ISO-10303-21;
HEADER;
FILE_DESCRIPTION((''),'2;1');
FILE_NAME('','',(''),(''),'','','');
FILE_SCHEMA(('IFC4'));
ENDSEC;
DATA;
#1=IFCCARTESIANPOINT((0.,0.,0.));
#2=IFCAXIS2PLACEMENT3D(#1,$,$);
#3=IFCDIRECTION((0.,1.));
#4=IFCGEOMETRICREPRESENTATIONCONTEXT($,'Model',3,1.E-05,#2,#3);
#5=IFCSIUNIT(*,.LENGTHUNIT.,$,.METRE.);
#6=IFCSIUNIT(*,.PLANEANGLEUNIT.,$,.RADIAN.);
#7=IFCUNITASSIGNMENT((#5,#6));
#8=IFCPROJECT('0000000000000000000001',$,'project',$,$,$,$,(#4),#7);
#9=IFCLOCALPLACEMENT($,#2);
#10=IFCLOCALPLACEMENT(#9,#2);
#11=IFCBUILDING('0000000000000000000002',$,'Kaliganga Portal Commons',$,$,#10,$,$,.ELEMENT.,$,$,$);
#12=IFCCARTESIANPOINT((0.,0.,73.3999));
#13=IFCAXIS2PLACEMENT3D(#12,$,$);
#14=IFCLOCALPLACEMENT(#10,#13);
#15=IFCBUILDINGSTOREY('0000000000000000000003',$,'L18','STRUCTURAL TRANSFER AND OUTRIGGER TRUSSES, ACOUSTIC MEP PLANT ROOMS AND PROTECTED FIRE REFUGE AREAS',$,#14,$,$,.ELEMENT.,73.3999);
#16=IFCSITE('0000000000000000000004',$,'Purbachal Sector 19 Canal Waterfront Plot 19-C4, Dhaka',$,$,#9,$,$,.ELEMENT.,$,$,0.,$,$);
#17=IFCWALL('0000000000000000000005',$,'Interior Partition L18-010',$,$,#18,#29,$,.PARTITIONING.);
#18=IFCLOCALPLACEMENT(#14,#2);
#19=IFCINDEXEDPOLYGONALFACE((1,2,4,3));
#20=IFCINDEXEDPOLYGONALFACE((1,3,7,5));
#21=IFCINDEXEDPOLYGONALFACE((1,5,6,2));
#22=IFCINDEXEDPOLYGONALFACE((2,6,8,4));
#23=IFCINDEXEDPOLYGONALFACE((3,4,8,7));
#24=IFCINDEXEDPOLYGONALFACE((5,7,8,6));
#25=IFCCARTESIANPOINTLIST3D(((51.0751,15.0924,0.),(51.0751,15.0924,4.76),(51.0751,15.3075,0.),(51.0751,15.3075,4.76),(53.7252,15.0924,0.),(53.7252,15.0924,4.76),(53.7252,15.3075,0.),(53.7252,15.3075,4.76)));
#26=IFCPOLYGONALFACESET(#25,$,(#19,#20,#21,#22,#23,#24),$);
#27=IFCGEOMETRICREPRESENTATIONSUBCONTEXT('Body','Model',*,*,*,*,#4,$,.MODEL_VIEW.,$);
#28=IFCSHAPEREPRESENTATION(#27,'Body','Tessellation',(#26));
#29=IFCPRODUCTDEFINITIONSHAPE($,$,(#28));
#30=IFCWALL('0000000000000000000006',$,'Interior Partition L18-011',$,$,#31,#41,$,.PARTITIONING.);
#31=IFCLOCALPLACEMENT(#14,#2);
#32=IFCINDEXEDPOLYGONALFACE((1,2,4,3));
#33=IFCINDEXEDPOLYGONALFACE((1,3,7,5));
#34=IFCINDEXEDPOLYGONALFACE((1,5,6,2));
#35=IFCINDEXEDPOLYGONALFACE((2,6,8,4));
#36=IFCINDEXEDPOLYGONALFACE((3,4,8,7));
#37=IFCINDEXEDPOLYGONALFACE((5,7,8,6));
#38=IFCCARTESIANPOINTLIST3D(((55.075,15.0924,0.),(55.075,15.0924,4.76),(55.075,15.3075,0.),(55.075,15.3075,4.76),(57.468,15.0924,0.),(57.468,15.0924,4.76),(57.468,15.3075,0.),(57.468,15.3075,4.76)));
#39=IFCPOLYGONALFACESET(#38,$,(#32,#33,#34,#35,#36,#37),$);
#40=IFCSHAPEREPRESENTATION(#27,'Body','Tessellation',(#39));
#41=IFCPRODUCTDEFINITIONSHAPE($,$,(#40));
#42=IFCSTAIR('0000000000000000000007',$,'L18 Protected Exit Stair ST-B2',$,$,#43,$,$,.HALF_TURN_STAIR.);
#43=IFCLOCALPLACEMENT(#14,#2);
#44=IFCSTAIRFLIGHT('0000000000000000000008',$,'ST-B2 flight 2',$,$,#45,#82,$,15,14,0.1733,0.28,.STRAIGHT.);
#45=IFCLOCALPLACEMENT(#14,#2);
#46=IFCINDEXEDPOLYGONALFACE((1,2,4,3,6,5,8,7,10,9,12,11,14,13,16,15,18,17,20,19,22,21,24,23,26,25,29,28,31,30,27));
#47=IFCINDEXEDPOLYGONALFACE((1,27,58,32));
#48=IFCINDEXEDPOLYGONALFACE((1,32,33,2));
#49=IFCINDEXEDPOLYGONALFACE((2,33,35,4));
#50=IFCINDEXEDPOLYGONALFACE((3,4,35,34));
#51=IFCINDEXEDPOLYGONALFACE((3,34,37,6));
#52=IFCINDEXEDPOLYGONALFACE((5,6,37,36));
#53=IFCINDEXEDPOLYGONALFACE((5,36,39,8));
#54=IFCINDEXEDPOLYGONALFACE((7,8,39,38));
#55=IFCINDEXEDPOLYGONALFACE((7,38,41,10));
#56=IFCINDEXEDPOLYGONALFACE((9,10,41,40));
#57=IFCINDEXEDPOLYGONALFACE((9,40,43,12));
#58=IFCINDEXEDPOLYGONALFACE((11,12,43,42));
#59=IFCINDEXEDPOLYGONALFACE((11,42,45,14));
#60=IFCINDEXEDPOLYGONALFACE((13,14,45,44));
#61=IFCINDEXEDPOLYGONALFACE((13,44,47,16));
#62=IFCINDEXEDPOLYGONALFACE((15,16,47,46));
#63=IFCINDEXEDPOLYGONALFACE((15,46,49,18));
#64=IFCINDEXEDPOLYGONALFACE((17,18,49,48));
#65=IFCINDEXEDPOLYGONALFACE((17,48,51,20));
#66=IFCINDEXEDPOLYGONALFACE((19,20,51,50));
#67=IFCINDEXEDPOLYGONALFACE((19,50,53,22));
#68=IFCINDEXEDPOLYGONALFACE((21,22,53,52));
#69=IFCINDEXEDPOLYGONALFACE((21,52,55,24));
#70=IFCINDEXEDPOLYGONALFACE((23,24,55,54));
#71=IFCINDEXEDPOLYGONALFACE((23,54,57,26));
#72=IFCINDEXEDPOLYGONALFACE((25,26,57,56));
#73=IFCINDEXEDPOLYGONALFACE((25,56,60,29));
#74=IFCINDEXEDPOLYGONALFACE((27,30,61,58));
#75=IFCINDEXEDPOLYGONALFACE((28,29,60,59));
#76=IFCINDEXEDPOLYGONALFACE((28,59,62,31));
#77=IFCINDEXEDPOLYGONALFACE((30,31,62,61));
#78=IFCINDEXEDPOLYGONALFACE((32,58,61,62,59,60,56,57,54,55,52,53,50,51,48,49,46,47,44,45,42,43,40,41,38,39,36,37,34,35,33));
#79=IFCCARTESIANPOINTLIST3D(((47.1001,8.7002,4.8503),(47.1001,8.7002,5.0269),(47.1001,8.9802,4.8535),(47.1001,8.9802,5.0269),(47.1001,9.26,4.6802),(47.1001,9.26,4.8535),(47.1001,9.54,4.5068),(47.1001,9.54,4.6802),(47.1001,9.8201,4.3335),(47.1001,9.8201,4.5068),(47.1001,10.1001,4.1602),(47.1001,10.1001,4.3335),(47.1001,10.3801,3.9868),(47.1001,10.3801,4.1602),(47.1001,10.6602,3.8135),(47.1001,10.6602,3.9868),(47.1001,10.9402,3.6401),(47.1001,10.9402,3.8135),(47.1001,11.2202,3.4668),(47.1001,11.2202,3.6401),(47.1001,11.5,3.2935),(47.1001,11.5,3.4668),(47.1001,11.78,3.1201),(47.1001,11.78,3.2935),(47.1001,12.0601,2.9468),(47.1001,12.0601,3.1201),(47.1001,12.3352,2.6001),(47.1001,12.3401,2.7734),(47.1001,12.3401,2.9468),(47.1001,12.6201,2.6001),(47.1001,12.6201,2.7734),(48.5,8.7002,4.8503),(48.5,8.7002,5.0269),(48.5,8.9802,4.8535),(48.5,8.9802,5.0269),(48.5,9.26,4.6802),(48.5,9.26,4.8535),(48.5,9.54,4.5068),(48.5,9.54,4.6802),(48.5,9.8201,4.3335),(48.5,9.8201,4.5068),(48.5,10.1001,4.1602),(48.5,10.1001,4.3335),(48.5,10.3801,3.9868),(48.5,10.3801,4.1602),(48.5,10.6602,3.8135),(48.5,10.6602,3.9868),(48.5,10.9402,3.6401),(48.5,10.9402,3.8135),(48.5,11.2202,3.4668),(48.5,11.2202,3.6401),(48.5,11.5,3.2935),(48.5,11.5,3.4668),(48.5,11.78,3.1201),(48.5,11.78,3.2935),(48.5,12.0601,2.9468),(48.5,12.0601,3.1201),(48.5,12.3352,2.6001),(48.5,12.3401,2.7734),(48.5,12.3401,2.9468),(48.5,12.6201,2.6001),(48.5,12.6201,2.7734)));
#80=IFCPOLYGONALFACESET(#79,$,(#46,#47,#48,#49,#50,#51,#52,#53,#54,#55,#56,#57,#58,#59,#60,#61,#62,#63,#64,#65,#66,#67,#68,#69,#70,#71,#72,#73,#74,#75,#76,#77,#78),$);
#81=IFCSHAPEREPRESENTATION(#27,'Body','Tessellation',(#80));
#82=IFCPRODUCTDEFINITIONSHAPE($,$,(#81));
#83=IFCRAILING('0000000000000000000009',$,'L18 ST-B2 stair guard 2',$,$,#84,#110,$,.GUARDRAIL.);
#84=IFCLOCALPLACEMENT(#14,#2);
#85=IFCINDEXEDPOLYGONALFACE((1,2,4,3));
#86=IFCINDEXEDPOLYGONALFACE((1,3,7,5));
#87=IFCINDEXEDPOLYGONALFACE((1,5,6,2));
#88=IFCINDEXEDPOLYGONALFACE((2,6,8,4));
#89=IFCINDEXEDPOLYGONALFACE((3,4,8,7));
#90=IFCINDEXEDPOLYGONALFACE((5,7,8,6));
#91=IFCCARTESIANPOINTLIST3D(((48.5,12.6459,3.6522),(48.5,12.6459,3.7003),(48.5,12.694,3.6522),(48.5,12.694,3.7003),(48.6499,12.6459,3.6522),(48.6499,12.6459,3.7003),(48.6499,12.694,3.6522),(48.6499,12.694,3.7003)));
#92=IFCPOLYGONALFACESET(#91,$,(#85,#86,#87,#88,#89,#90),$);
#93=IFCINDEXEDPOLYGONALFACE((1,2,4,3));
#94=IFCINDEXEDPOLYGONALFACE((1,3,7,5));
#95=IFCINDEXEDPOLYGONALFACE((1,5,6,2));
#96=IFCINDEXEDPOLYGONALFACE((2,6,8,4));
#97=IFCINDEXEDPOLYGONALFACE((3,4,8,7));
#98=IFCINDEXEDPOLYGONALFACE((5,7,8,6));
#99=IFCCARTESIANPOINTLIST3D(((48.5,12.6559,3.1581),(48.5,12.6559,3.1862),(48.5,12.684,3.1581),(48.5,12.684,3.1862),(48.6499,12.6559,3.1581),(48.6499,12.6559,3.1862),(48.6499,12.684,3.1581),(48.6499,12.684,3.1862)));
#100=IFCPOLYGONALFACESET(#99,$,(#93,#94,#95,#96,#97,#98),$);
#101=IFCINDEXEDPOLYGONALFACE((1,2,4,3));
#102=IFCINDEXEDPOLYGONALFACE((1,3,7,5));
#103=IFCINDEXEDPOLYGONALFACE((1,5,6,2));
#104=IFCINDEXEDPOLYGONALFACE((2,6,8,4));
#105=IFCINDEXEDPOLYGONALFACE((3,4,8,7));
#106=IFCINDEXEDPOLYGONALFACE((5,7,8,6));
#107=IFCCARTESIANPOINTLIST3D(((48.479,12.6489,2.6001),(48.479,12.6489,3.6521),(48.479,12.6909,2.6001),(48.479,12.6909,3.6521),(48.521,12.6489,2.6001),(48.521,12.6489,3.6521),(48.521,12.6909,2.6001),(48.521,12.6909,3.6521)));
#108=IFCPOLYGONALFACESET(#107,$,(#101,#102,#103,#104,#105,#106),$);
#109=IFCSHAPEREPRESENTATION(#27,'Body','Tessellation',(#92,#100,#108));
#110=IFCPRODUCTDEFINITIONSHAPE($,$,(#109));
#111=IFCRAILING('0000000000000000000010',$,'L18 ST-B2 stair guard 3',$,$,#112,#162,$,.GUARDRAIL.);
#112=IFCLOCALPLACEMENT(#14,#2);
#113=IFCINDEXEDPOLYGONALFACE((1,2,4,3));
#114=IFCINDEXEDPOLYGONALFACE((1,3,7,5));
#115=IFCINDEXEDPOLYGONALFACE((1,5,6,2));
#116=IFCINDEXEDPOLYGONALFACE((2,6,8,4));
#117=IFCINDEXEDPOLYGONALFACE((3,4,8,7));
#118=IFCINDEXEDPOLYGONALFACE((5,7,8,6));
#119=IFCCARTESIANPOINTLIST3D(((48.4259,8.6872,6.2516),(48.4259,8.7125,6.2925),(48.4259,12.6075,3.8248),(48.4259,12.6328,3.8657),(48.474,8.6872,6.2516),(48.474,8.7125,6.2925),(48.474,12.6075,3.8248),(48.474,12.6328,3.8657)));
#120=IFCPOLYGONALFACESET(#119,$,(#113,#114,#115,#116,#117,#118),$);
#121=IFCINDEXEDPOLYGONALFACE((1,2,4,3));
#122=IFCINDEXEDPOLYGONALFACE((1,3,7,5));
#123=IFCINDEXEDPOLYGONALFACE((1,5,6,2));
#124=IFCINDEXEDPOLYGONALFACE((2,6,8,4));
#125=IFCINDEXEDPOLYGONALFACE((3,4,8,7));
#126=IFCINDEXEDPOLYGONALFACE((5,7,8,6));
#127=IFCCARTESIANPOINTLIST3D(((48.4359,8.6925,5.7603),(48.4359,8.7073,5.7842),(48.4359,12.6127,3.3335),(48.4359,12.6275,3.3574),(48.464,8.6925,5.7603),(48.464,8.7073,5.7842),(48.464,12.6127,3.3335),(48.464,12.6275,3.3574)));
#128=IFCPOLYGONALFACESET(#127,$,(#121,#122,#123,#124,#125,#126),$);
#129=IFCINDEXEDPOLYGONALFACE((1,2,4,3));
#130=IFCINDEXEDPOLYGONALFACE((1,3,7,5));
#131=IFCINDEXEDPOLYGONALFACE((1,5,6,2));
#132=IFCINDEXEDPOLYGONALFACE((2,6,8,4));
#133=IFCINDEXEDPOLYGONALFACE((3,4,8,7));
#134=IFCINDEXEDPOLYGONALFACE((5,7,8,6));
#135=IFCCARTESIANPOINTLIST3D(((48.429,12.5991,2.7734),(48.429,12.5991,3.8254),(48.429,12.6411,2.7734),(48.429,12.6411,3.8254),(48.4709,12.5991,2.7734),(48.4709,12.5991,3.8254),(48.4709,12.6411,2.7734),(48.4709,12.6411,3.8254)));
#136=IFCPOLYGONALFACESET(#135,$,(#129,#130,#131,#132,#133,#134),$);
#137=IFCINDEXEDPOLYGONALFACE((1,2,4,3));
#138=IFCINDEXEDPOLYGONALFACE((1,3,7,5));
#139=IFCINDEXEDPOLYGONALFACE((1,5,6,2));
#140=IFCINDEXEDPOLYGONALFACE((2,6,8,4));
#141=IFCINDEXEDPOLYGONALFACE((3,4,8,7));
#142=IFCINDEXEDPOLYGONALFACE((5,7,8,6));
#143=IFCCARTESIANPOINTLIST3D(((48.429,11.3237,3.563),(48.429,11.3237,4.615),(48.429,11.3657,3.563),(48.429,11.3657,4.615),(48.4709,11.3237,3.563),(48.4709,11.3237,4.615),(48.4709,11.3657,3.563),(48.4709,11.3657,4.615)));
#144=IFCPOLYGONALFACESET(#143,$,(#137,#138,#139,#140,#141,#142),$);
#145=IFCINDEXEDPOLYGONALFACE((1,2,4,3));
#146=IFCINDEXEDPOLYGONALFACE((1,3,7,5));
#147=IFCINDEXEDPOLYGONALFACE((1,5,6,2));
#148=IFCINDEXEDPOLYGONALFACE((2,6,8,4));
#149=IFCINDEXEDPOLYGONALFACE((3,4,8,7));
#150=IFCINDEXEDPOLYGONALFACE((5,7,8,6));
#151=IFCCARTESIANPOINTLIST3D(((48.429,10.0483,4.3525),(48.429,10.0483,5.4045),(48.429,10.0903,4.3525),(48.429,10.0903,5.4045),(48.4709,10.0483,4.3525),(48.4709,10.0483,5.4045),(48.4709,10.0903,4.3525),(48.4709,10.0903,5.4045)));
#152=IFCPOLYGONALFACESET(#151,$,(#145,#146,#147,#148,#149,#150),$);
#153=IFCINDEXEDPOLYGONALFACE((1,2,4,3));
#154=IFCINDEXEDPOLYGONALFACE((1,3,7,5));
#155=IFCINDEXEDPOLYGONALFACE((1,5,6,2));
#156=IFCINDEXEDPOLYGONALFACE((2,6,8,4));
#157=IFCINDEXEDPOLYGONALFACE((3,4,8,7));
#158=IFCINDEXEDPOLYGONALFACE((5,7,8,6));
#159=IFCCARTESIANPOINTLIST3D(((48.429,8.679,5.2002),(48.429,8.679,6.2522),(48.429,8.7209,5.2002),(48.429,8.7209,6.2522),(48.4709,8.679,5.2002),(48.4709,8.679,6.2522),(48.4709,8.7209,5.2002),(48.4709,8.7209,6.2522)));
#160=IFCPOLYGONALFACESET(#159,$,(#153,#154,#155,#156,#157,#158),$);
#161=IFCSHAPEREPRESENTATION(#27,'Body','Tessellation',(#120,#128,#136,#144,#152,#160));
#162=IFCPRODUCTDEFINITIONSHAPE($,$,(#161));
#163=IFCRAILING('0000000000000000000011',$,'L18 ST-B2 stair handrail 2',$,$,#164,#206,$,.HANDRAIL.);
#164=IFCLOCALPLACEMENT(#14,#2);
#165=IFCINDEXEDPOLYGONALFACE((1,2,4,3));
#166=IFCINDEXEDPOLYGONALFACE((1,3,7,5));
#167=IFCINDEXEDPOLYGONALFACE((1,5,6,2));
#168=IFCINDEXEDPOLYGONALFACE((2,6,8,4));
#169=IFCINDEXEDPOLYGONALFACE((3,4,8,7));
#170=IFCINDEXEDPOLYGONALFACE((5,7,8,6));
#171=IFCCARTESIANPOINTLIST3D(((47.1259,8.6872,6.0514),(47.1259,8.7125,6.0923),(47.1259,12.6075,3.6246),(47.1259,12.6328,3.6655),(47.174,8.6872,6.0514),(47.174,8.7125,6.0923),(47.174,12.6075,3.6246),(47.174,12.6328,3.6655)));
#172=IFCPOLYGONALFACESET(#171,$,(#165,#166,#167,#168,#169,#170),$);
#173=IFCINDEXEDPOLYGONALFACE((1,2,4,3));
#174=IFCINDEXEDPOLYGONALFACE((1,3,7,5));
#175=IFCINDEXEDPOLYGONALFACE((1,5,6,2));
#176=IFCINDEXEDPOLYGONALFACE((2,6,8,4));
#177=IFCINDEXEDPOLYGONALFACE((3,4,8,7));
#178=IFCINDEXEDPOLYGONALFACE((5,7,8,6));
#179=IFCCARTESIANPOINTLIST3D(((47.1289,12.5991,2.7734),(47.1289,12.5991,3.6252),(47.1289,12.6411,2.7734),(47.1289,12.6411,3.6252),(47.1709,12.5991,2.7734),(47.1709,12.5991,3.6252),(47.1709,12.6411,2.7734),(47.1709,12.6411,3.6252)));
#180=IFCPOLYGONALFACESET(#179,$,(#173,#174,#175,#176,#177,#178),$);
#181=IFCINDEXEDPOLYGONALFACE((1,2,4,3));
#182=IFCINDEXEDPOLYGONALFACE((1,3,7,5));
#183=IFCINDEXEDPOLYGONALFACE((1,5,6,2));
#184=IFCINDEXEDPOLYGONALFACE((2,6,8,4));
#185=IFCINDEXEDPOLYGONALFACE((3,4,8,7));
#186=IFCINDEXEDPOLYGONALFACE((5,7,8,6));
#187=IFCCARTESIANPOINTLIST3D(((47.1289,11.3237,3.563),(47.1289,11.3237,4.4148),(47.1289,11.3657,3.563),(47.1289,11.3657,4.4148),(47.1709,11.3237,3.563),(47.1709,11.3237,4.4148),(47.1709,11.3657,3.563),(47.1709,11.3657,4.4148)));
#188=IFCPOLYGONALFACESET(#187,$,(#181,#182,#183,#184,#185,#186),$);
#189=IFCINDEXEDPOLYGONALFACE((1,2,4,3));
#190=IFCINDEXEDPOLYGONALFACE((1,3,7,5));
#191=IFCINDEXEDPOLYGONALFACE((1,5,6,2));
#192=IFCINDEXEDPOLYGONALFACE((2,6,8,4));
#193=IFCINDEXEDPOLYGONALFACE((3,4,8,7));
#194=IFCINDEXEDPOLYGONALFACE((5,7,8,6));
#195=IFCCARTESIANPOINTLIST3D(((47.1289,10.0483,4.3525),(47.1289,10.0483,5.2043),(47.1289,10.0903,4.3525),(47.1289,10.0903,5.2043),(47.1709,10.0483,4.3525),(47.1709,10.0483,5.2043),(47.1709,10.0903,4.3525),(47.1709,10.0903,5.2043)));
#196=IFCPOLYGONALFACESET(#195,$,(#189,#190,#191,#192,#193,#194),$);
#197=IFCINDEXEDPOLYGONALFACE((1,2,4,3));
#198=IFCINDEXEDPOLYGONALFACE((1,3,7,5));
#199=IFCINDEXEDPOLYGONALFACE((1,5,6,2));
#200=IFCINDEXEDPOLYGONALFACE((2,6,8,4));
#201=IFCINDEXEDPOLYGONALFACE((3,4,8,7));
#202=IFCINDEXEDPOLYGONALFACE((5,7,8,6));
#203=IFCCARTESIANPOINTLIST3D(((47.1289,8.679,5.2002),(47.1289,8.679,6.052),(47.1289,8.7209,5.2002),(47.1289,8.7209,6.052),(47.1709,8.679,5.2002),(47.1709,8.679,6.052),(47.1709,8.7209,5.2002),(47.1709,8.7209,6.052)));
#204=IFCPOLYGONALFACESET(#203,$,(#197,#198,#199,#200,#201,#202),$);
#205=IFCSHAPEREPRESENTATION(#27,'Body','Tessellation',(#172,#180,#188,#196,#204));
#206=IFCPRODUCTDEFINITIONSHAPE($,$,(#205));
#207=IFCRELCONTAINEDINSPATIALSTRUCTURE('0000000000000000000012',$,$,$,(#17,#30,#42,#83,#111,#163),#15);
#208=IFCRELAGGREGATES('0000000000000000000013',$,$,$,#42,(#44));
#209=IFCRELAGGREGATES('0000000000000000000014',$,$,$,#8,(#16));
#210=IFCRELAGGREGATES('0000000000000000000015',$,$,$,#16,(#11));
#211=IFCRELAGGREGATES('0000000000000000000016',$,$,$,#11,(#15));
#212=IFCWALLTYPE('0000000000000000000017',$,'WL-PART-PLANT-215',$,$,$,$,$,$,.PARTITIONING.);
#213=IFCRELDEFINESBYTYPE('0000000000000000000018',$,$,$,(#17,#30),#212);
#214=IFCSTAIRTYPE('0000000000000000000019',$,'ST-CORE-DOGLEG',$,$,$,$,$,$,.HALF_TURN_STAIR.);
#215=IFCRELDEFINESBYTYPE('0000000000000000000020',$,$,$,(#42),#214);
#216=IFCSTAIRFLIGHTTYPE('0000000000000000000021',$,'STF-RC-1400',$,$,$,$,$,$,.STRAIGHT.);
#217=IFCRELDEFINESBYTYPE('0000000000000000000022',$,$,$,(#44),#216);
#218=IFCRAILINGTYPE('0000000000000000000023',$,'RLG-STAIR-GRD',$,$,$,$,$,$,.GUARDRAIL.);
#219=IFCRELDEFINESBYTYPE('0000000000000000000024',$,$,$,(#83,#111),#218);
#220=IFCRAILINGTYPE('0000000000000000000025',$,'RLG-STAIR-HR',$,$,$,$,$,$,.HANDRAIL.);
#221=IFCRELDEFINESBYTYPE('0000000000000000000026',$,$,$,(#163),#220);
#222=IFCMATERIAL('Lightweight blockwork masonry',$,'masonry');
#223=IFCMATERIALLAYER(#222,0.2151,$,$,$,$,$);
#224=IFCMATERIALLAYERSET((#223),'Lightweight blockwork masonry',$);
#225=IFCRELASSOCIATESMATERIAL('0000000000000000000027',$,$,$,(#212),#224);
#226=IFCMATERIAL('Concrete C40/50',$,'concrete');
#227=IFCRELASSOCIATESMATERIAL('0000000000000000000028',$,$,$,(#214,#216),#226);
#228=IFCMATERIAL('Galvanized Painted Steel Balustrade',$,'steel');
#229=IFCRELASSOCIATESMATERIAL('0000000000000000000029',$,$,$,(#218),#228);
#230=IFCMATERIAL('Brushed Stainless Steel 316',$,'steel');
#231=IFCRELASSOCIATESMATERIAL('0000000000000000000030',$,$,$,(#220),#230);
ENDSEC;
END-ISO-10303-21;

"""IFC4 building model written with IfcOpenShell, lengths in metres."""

from ifc_helpers import new_model, si_unit, direction, frame, frame_2d, origin, origin_2d, place, context, subcontext, project, spatial, polyline, rectangle, outline, extrude, material, layer, layer_set, type_object, element, aggregate, save


model = new_model("IFC4")

# Units and contexts
model_context = context("Model", 3, precision=1e-05, world=origin(), true_north=direction((0.0, 1.0)))
body_context = subcontext(model_context, "Body", "Model", "MODEL_VIEW")
ifc_project = project(units=[si_unit("LENGTHUNIT", "METRE"), si_unit("PLANEANGLEUNIT", "RADIAN")], contexts=[model_context])

# Site, building, storey
site_placement = place(None, origin())
site = spatial("IfcSite", under=ifc_project, at=site_placement, Name="Purbachal Sector 19 Canal Waterfront Plot 19-C4, Dhaka", CompositionType="ELEMENT", RefElevation=0.0)
building_placement = place(site_placement, origin())
building = spatial("IfcBuilding", under=site, at=building_placement, Name="Kaliganga Portal Commons", CompositionType="ELEMENT")
storey_placement = place(building_placement, frame((0.0, 0.0, 73.3999)))
storey = spatial("IfcBuildingStorey", under=building, at=storey_placement, Name="L18", Description="STRUCTURAL TRANSFER AND OUTRIGGER TRUSSES, ACOUSTIC MEP PLANT ROOMS AND PROTECTED FIRE REFUGE AREAS", CompositionType="ELEMENT", Elevation=73.3999)

# Walls
ifc_material_1 = material(Name="Lightweight blockwork masonry", Category="masonry")
ifc_layer_1 = layer(ifc_material_1, 0.2151)
ifc_layer_set_1 = layer_set([ifc_layer_1], Name="Lightweight blockwork masonry")
wall_type_1 = type_object("IfcWallType", Name="WL-PART-PLANT-215", PredefinedType="PARTITIONING", material=ifc_layer_set_1)
wall_1_placement = place(storey_placement, frame((51.075, 15.2, 0.0), z_axis=(0.0, 0.0, 1.0), x_axis=(1.0, 0.0, 0.0)))
element("IfcWall", 1, at=wall_1_placement, inside=storey, type_object=wall_type_1, Name="Interior Partition L18-010", PredefinedType="PARTITIONING", context=body_context, shape_type="SweptSolid", body=[
    extrude(rectangle(XDim=2.6501, YDim=0.2151, at=frame_2d((1.3252, 0.0))), origin(), (0.0, 0.0, 1.0), 4.76),
])
wall_2_placement = place(storey_placement, frame((55.075, 15.2, 0.0), z_axis=(0.0, 0.0, 1.0), x_axis=(1.0, 0.0, 0.0)))
element("IfcWall", 2, at=wall_2_placement, inside=storey, type_object=wall_type_1, Name="Interior Partition L18-011", PredefinedType="PARTITIONING", context=body_context, shape_type="SweptSolid", body=[
    extrude(rectangle(XDim=2.3931, YDim=0.2151, at=frame_2d((1.1965, 0.0))), origin(), (0.0, 0.0, 1.0), 4.76),
])

# Stair, stair flight
ifc_material_2 = material(Name="Concrete C40/50", Category="concrete")
stair_type = type_object("IfcStairType", Name="ST-CORE-DOGLEG", PredefinedType="HALF_TURN_STAIR", material=ifc_material_2)
stair_placement = place(storey_placement, origin())
stair = element("IfcStair", 3, at=stair_placement, inside=storey, type_object=stair_type, Name="L18 Protected Exit Stair ST-B2", PredefinedType="HALF_TURN_STAIR")
stair_flight_type = type_object("IfcStairFlightType", Name="STF-RC-1400", PredefinedType="STRAIGHT", material=ifc_material_2)
stair_flight_placement = place(storey_placement, frame((47.8, 12.6201, 2.6001), z_axis=(0.0, 0.0, 1.0), x_axis=(0.0, -1.0, 0.0)))
stair_flight = element("IfcStairFlight", 4, at=stair_flight_placement, type_object=stair_flight_type, Name="ST-B2 flight 2", NumberOfRisers=15, NumberOfTreads=14, PredefinedType="STRAIGHT", RiserHeight=0.1733, TreadLength=0.28, context=body_context, shape_type="SweptSolid", body=[
    extrude(outline(polyline([(0.0, 0.0), (0.0, 0.1733), (0.28, 0.1733), (0.28, 0.3467), (0.5601, 0.3467), (0.5601, 0.52), (0.8401, 0.52), (0.8401, 0.6934), (1.1201, 0.6934), (1.1201, 0.8667), (1.3999, 0.8667), (1.3999, 1.04), (1.6799, 1.04), (1.6799, 1.2134), (1.96, 1.2134), (1.96, 1.3867), (2.24, 1.3867), (2.24, 1.5601), (2.52, 1.5601), (2.52, 1.7334), (2.8, 1.7334), (2.8, 1.9067), (3.0801, 1.9067), (3.0801, 2.0801), (3.3601, 2.0801), (3.3601, 2.2534), (3.6399, 2.2534), (3.6399, 2.4268), (3.9199, 2.4268), (3.9199, 2.6001), (3.9199, 2.2502), (0.2849, 0.0), (0.0, 0.0)])), frame((0.0, 0.7, 0.0), z_axis=(0.0, -1.0, 0.0), x_axis=(1.0, 0.0, 0.0)), (0.0, 0.0, 1.0), 1.3999),
])
aggregate(stair, [stair_flight])

# Railings
ifc_material_3 = material(Name="Galvanized Painted Steel Balustrade", Category="steel")
railing_type_1 = type_object("IfcRailingType", Name="RLG-STAIR-GRD", PredefinedType="GUARDRAIL", material=ifc_material_3)
railing_1_placement = place(storey_placement, frame((48.6499, 12.6699, 2.6001)))
element("IfcRailing", 5, at=railing_1_placement, inside=storey, type_object=railing_type_1, Name="L18 ST-B2 stair guard 2", PredefinedType="GUARDRAIL", context=body_context, shape_type="SweptSolid", body=[
    extrude(rectangle(XDim=0.0481, YDim=0.0481, at=origin_2d()), frame((0.0, 0.0, 1.0762), z_axis=(-1.0, 0.0, 0.0), x_axis=(0.0, -1.0, 0.0)), (0.0, 0.0, 1.0), 0.1499),
    extrude(rectangle(XDim=0.0281, YDim=0.0281, at=origin_2d()), frame((0.0, 0.0, 0.572), z_axis=(-1.0, 0.0, 0.0), x_axis=(0.0, -1.0, 0.0)), (0.0, 0.0, 1.0), 0.1499),
    extrude(rectangle(XDim=0.042, YDim=0.042, at=origin_2d()), frame((-0.1499, 0.0, 0.0)), (0.0, 0.0, 1.0), 1.052),
])
railing_2_placement = place(storey_placement, frame((48.45, 12.6201, 2.7734)))
element("IfcRailing", 6, at=railing_2_placement, inside=storey, type_object=railing_type_1, Name="L18 ST-B2 stair guard 3", PredefinedType="GUARDRAIL", context=body_context, shape_type="SweptSolid", body=[
    extrude(rectangle(XDim=0.0481, YDim=0.0481, at=origin_2d()), frame((0.0, 0.0, 1.0718), z_axis=(0.0, -0.850266, 0.526353), x_axis=(1.0, 0.0, 0.0)), (0.0, 0.0, 1.0), 4.6106),
    extrude(rectangle(XDim=0.0281, YDim=0.0281, at=origin_2d()), frame((0.0, 0.0, 0.572), z_axis=(0.0, -0.850266, 0.526353), x_axis=(1.0, 0.0, 0.0)), (0.0, 0.0, 1.0), 4.6106),
    extrude(rectangle(XDim=0.042, YDim=0.042, at=origin_2d()), origin(), (0.0, 0.0, 1.0), 1.052),
    extrude(rectangle(XDim=0.042, YDim=0.042, at=origin_2d()), frame((0.0, -1.2754, 0.7896)), (0.0, 0.0, 1.0), 1.052),
    extrude(rectangle(XDim=0.042, YDim=0.042, at=origin_2d()), frame((0.0, -2.5508, 1.5791)), (0.0, 0.0, 1.0), 1.052),
    extrude(rectangle(XDim=0.042, YDim=0.042, at=origin_2d()), frame((0.0, -3.9202, 2.4268)), (0.0, 0.0, 1.0), 1.052),
])
ifc_material_4 = material(Name="Brushed Stainless Steel 316", Category="steel")
railing_type_2 = type_object("IfcRailingType", Name="RLG-STAIR-HR", PredefinedType="HANDRAIL", material=ifc_material_4)
railing_3_placement = place(storey_placement, frame((47.1499, 12.6201, 2.7734)))
element("IfcRailing", 7, at=railing_3_placement, inside=storey, type_object=railing_type_2, Name="L18 ST-B2 stair handrail 2", PredefinedType="HANDRAIL", context=body_context, shape_type="SweptSolid", body=[
    extrude(rectangle(XDim=0.0481, YDim=0.0481, at=origin_2d()), frame((0.0, 0.0, 0.8716), z_axis=(0.0, -0.850266, 0.526353), x_axis=(1.0, 0.0, 0.0)), (0.0, 0.0, 1.0), 4.6106),
    extrude(rectangle(XDim=0.042, YDim=0.042, at=origin_2d()), origin(), (0.0, 0.0, 1.0), 0.8518),
    extrude(rectangle(XDim=0.042, YDim=0.042, at=origin_2d()), frame((0.0, -1.2754, 0.7896)), (0.0, 0.0, 1.0), 0.8518),
    extrude(rectangle(XDim=0.042, YDim=0.042, at=origin_2d()), frame((0.0, -2.5508, 1.5791)), (0.0, 0.0, 1.0), 0.8518),
    extrude(rectangle(XDim=0.042, YDim=0.042, at=origin_2d()), frame((0.0, -3.9202, 2.4268)), (0.0, 0.0, 1.0), 0.8518),
])

save(model, "model.ifc")
